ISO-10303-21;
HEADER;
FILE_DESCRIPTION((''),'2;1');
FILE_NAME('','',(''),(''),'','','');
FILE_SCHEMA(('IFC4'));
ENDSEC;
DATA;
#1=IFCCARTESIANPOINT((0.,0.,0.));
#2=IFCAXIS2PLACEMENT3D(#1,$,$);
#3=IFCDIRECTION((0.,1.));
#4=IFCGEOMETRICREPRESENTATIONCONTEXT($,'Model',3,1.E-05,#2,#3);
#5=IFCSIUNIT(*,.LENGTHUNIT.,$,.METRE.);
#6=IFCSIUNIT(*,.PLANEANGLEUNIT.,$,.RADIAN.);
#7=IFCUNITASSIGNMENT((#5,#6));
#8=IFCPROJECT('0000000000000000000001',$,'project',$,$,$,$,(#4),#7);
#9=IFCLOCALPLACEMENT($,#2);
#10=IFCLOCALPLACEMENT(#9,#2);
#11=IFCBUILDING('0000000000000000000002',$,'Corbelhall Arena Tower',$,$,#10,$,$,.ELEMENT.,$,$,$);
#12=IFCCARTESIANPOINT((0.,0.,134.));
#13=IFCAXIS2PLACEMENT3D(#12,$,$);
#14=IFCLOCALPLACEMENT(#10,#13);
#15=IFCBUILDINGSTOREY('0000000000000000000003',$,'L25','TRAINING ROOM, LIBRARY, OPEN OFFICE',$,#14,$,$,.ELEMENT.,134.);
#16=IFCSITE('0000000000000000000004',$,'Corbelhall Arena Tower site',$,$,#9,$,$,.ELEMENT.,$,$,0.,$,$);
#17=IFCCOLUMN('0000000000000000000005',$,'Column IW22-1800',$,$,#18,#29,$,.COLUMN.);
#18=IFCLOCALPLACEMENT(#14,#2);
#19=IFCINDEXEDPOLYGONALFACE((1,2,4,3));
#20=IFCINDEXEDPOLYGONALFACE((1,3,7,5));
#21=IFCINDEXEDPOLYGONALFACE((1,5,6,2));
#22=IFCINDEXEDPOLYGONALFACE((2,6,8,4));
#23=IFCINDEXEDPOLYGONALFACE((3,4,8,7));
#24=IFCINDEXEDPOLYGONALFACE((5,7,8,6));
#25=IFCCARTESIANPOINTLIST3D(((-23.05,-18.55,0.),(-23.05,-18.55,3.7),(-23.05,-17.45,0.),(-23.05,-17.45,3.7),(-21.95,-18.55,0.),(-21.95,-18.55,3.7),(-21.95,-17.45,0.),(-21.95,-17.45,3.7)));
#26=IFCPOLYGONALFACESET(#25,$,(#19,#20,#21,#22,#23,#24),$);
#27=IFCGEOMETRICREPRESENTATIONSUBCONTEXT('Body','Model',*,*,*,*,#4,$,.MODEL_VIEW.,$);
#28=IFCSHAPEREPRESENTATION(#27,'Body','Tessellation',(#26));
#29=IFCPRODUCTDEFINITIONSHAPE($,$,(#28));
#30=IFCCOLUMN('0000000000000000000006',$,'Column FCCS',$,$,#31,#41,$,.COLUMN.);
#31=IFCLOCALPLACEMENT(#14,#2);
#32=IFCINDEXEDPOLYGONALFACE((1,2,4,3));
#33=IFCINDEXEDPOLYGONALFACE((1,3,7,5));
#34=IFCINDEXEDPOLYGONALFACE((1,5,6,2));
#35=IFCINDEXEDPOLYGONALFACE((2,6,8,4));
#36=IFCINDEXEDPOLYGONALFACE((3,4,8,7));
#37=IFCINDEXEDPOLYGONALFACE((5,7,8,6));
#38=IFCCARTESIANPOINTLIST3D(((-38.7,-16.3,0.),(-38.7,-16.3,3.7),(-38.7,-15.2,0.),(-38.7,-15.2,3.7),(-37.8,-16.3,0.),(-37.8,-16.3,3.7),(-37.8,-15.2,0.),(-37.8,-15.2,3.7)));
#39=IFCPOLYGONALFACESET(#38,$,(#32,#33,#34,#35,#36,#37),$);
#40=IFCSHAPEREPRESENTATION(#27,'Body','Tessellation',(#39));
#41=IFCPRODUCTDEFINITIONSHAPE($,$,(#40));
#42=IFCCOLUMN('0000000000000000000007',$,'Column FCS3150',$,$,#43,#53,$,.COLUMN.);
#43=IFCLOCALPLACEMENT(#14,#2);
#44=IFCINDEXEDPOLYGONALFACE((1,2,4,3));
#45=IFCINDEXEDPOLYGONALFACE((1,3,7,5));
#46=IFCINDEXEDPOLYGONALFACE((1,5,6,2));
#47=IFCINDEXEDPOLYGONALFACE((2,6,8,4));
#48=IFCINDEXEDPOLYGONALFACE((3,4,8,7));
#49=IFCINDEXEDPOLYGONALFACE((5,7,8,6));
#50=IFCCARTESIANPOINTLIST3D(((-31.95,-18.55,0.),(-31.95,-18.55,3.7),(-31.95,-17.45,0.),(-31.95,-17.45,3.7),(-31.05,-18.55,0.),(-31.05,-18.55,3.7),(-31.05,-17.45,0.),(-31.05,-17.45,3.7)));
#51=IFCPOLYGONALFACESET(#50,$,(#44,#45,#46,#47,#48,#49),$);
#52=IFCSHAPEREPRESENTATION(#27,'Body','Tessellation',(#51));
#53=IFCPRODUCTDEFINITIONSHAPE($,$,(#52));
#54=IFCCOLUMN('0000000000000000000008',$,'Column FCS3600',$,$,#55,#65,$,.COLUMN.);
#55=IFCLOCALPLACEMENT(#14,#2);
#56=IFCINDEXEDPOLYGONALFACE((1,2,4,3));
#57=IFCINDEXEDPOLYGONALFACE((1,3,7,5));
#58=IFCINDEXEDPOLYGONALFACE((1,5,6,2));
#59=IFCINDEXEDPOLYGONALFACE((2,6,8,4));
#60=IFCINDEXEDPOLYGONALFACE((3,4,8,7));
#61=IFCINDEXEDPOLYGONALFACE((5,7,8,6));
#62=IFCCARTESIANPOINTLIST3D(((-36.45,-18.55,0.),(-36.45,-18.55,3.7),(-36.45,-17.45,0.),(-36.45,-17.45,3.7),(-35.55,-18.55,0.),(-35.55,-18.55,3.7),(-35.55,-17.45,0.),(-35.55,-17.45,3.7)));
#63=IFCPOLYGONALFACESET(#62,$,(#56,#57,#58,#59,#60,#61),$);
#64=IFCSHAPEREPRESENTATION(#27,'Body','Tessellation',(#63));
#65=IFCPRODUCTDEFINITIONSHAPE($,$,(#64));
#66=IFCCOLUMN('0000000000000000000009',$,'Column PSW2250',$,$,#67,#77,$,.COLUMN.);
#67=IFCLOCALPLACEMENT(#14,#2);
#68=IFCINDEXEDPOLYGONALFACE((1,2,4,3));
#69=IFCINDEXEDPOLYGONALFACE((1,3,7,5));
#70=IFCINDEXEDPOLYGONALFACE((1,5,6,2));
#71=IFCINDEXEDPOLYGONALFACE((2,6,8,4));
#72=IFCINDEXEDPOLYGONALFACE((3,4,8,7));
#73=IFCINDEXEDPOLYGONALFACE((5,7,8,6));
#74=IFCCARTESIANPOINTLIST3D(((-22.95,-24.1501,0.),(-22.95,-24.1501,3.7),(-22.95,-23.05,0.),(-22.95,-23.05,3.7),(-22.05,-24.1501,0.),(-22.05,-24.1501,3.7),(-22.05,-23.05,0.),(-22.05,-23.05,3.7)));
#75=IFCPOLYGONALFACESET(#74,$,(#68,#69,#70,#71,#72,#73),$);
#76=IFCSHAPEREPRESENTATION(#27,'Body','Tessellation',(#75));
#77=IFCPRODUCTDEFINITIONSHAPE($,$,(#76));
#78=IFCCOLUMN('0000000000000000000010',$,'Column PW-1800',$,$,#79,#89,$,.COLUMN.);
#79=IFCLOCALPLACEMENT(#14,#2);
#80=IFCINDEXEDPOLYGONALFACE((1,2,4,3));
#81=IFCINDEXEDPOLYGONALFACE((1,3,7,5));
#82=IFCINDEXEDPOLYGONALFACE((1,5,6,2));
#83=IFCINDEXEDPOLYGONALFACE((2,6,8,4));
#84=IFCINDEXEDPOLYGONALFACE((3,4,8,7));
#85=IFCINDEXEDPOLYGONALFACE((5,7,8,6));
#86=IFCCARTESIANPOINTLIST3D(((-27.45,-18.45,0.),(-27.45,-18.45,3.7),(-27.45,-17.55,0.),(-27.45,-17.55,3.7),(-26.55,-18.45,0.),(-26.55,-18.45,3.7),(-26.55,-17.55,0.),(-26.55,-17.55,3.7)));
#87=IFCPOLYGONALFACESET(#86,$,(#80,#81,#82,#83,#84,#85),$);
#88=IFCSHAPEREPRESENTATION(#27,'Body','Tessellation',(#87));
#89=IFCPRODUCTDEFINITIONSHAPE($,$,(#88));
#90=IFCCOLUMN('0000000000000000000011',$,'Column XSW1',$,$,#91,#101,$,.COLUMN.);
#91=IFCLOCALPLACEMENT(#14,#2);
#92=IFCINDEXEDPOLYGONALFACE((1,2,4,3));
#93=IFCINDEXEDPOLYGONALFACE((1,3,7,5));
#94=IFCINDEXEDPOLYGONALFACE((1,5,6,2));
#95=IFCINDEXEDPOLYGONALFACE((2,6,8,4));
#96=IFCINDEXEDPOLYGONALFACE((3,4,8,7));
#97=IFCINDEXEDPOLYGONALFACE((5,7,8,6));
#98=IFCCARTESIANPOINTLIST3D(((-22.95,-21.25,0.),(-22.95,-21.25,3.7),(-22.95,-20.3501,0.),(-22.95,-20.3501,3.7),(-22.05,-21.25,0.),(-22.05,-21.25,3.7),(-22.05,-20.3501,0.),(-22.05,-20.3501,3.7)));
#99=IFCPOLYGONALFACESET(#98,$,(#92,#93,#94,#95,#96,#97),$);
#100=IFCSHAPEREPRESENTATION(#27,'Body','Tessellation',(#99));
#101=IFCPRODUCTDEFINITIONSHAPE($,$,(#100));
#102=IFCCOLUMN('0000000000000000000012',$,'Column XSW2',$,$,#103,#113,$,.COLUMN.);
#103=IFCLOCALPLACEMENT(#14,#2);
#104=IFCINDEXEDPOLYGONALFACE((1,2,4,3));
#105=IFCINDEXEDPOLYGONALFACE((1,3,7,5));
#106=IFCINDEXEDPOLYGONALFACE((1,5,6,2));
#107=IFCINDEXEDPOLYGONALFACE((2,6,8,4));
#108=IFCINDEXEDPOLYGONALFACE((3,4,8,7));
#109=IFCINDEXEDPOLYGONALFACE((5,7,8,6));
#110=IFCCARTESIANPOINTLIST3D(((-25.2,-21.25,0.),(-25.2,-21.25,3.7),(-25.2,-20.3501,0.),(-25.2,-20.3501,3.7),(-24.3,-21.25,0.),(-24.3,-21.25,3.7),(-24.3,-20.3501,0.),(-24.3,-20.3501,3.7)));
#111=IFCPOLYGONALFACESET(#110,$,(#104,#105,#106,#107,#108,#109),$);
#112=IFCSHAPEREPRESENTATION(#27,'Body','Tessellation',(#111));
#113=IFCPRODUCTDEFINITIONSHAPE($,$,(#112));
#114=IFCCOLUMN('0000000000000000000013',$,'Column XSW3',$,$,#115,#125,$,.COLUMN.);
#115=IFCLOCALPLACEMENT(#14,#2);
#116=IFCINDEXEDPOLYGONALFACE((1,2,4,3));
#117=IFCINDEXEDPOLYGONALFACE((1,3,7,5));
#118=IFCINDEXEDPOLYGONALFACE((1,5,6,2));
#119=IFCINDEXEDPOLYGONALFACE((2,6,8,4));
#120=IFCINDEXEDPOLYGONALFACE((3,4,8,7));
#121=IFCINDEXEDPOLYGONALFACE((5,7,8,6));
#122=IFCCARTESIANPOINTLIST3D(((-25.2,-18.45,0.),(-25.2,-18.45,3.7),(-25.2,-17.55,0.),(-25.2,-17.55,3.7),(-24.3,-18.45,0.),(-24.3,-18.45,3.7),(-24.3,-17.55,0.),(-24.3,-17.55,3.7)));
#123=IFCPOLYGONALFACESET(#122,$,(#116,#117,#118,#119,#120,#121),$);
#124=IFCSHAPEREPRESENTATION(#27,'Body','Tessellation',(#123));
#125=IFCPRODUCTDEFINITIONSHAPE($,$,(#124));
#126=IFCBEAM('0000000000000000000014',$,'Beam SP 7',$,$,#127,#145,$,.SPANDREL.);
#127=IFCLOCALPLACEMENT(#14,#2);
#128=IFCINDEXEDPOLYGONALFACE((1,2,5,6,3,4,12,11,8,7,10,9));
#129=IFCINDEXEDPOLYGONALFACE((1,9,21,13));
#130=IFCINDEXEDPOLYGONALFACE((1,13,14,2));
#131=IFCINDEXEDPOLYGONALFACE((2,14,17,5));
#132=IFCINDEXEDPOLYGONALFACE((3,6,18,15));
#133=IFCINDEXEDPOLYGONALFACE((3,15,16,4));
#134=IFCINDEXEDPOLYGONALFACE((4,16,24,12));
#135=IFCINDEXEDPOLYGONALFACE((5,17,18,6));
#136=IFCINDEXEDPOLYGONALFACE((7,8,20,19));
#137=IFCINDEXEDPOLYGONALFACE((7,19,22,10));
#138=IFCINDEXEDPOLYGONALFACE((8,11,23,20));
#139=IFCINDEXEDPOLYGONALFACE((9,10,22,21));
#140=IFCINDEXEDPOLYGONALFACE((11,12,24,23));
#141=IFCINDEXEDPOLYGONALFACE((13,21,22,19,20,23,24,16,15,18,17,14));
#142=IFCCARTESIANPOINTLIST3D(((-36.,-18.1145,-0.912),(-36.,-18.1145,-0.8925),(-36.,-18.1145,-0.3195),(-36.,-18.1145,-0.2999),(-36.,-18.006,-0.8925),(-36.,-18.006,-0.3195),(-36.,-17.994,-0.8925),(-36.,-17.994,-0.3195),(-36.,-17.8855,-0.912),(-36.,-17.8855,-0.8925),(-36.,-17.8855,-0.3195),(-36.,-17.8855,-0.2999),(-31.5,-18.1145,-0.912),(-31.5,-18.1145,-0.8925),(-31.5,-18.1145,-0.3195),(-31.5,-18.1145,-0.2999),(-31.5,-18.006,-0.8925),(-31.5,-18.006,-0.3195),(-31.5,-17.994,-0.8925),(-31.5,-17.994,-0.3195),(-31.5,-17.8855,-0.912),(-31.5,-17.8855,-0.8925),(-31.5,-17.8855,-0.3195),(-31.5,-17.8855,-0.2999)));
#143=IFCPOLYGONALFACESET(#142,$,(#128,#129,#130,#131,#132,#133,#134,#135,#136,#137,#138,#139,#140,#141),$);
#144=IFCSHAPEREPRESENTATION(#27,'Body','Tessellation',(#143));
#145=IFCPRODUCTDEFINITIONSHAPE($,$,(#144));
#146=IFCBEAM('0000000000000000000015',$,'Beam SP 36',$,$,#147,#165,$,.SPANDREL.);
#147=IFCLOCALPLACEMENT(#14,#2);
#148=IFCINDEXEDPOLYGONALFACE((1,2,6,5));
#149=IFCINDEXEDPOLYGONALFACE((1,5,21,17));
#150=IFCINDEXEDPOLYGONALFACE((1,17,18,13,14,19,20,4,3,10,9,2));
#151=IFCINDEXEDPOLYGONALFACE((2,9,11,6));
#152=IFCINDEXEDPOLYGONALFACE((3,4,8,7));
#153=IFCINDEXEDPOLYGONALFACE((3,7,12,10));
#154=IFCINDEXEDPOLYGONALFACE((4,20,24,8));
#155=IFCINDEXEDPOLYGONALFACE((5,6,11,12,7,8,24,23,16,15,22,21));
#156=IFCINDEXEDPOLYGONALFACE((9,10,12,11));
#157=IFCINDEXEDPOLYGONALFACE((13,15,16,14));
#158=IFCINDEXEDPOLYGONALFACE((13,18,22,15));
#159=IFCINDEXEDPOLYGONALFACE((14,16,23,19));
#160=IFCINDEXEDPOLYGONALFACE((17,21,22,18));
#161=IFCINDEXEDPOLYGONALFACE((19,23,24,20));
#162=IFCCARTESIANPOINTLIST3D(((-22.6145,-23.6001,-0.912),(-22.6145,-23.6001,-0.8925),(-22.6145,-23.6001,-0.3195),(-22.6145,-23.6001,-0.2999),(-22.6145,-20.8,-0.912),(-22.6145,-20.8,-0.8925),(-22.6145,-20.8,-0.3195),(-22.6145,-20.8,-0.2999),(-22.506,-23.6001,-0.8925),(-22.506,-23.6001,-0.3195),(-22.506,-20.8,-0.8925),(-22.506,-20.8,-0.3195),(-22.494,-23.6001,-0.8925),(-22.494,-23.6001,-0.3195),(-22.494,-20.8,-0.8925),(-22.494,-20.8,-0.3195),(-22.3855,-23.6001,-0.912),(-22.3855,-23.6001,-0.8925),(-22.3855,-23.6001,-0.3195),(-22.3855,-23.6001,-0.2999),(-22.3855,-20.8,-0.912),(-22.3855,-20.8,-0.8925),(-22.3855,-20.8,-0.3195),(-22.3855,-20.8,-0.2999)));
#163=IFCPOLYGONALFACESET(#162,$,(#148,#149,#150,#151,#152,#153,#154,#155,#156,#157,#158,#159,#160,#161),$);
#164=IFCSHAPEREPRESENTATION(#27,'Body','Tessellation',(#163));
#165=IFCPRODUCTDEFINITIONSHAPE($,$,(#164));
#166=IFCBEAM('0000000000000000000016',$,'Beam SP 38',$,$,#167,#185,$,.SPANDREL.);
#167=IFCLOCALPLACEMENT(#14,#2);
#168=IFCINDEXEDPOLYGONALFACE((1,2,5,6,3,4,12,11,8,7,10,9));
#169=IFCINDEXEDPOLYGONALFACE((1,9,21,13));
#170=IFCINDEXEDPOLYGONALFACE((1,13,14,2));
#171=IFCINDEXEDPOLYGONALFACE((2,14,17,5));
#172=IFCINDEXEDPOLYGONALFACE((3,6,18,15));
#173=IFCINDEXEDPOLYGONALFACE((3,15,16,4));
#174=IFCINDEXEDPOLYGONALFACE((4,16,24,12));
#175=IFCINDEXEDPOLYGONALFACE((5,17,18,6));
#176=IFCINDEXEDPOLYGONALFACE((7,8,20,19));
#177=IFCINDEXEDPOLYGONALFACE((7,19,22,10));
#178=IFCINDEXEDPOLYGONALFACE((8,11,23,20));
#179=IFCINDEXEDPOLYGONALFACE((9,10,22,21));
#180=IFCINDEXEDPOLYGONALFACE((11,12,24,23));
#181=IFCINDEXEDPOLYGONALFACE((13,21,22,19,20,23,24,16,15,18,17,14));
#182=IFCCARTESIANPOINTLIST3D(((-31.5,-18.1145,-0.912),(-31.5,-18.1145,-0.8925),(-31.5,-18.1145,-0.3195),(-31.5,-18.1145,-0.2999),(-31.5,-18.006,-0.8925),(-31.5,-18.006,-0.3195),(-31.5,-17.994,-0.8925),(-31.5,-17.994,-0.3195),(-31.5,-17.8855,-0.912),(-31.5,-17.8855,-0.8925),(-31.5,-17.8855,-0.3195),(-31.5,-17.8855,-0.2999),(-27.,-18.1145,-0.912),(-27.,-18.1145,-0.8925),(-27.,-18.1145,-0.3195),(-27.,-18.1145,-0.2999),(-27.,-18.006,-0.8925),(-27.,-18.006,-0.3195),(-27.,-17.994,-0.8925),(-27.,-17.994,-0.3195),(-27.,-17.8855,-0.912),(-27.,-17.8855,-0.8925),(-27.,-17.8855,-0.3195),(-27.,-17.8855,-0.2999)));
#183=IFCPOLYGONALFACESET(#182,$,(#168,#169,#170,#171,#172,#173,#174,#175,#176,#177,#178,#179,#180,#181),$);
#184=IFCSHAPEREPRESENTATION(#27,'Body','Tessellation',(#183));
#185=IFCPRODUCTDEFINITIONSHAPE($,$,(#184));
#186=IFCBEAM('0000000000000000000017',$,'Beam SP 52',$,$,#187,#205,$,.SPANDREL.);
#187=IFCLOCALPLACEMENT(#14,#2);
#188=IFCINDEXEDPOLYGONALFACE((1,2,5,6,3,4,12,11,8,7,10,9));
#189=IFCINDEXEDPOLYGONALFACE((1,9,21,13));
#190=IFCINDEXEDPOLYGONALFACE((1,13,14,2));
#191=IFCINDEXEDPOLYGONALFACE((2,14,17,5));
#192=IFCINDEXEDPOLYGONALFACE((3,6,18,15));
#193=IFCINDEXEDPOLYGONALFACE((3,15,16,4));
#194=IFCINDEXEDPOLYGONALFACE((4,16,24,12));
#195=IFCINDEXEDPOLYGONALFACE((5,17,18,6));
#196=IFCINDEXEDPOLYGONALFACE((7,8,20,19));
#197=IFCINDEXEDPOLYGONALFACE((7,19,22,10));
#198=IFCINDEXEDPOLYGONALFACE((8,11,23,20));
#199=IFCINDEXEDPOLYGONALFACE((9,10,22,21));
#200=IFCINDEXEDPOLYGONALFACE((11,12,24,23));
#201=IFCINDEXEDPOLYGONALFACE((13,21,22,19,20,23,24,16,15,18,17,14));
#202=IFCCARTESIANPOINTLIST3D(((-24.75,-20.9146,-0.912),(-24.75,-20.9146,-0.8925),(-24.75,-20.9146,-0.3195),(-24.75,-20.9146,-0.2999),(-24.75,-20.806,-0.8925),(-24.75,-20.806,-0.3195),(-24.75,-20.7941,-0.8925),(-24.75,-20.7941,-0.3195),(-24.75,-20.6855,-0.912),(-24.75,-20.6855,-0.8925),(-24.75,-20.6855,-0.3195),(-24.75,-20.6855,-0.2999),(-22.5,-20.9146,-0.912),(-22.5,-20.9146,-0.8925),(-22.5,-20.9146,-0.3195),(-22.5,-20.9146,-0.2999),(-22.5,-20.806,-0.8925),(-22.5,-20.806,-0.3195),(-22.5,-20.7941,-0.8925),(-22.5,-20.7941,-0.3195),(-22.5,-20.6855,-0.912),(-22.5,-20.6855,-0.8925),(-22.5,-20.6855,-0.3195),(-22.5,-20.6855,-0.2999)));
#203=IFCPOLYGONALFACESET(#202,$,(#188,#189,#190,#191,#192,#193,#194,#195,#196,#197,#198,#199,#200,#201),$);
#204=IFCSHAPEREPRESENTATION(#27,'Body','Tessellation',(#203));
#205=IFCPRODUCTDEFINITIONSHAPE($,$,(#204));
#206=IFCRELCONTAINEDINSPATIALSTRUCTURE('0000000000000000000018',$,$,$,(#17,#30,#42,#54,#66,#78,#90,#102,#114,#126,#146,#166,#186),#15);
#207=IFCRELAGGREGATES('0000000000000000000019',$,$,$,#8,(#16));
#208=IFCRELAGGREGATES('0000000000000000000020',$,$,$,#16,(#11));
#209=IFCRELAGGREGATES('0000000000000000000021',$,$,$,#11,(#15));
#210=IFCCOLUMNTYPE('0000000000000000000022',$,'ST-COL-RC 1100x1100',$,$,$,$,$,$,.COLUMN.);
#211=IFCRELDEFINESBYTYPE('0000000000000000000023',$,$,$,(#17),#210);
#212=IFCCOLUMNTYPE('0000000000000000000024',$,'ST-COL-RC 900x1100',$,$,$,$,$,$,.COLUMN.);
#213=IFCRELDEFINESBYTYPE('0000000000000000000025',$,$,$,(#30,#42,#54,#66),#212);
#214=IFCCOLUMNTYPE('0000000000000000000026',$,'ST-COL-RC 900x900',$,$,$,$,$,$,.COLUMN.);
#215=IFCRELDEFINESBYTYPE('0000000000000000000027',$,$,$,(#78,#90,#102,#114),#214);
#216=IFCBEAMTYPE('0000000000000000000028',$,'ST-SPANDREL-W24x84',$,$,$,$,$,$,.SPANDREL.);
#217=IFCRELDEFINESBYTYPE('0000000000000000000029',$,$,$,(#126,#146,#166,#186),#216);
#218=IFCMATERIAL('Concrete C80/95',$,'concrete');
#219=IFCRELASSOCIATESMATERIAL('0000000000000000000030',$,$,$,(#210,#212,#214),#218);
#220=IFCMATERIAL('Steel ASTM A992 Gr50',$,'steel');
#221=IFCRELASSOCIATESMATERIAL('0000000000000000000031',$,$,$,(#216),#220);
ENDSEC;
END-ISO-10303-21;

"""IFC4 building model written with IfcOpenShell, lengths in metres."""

from ifc_helpers import new_model, si_unit, direction, frame, origin, origin_2d, place, context, subcontext, project, spatial, rectangle, i_section, extrude, material, material_profile, profile_set, type_object, element, save


model = new_model("IFC4")

# Units and contexts
model_context = context("Model", 3, precision=1e-05, world=origin(), true_north=direction((0.0, 1.0)))
body_context = subcontext(model_context, "Body", "Model", "MODEL_VIEW")
ifc_project = project(units=[si_unit("LENGTHUNIT", "METRE"), si_unit("PLANEANGLEUNIT", "RADIAN")], contexts=[model_context])

# Site, building, storey
site_placement = place(None, origin())
site = spatial("IfcSite", under=ifc_project, at=site_placement, Name="Corbelhall Arena Tower site", CompositionType="ELEMENT", RefElevation=0.0)
building_placement = place(site_placement, origin())
building = spatial("IfcBuilding", under=site, at=building_placement, Name="Corbelhall Arena Tower", CompositionType="ELEMENT")
storey_placement = place(building_placement, frame((0.0, 0.0, 134.0)))
storey = spatial("IfcBuildingStorey", under=building, at=storey_placement, Name="L25", Description="TRAINING ROOM, LIBRARY, OPEN OFFICE", CompositionType="ELEMENT", Elevation=134.0)

# Columns
ifc_material_1 = material(Name="Concrete C80/95", Category="concrete")
ifc_material_profile_1 = material_profile(ifc_material_1, rectangle(XDim=1.1001, YDim=1.1001, at=origin_2d()))
ifc_profile_set_1 = profile_set([ifc_material_profile_1], Name="Concrete C80/95")
column_type_1 = type_object("IfcColumnType", Name="ST-COL-RC 1100x1100", PredefinedType="COLUMN", material=ifc_profile_set_1)
column_placement = place(storey_placement, frame((-22.5, -18.0, 0.0), z_axis=(0.0, 0.0, 1.0), x_axis=(1.0, 0.0, 0.0)))
element("IfcColumn", 1, at=column_placement, inside=storey, type_object=column_type_1, Name="Column IW22-1800", PredefinedType="COLUMN", context=body_context, shape_type="SweptSolid", body=[
    extrude(rectangle(XDim=1.1001, YDim=1.1001, at=origin_2d()), origin(), (0.0, 0.0, 1.0), 3.7),
])
ifc_material_profile_2 = material_profile(ifc_material_1, rectangle(XDim=0.8999, YDim=1.1001, at=origin_2d()))
ifc_profile_set_2 = profile_set([ifc_material_profile_2], Name="Concrete C80/95")
column_type_2 = type_object("IfcColumnType", Name="ST-COL-RC 900x1100", PredefinedType="COLUMN", material=ifc_profile_set_2)
for number, where, z_axis, x_axis, name in (
    (2, (-38.25, -15.75, 0.0), (0.0, 0.0, 1.0), (1.0, 0.0, 0.0), "Column FCCS"),
    (3, (-31.5, -18.0, 0.0), (0.0, 0.0, 1.0), (1.0, 0.0, 0.0), "Column FCS3150"),
    (4, (-36.0, -18.0, 0.0), (0.0, 0.0, 1.0), (1.0, 0.0, 0.0), "Column FCS3600"),
    (5, (-22.5, -23.6001, 0.0), (0.0, 0.0, 1.0), (1.0, 0.0, 0.0), "Column PSW2250"),
):
    element("IfcColumn", number, at=place(storey_placement, frame(where, z_axis=z_axis, x_axis=x_axis)), inside=storey, type_object=column_type_2, Name=name, PredefinedType="COLUMN", context=body_context, shape_type="SweptSolid", body=[
        extrude(rectangle(XDim=0.8999, YDim=1.1001, at=origin_2d()), origin(), (0.0, 0.0, 1.0), 3.7),
    ])
ifc_material_profile_3 = material_profile(ifc_material_1, rectangle(XDim=0.8999, YDim=0.8999, at=origin_2d()))
ifc_profile_set_3 = profile_set([ifc_material_profile_3], Name="Concrete C80/95")
column_type_3 = type_object("IfcColumnType", Name="ST-COL-RC 900x900", PredefinedType="COLUMN", material=ifc_profile_set_3)
for number, where, z_axis, x_axis, name in (
    (6, (-27.0, -18.0, 0.0), (0.0, 0.0, 1.0), (1.0, 0.0, 0.0), "Column PW-1800"),
    (7, (-22.5, -20.8, 0.0), (0.0, 0.0, 1.0), (1.0, 0.0, 0.0), "Column XSW1"),
    (8, (-24.75, -20.8, 0.0), (0.0, 0.0, 1.0), (1.0, 0.0, 0.0), "Column XSW2"),
    (9, (-24.75, -18.0, 0.0), (0.0, 0.0, 1.0), (1.0, 0.0, 0.0), "Column XSW3"),
):
    element("IfcColumn", number, at=place(storey_placement, frame(where, z_axis=z_axis, x_axis=x_axis)), inside=storey, type_object=column_type_3, Name=name, PredefinedType="COLUMN", context=body_context, shape_type="SweptSolid", body=[
        extrude(rectangle(XDim=0.8999, YDim=0.8999, at=origin_2d()), origin(), (0.0, 0.0, 1.0), 3.7),
    ])

# Beams
ifc_material_2 = material(Name="Steel ASTM A992 Gr50", Category="steel")
ifc_material_profile_4 = material_profile(ifc_material_2, i_section(OverallWidth=0.229, OverallDepth=0.6121, WebThickness=0.012, FlangeThickness=0.0195, at=origin_2d()))
ifc_profile_set_4 = profile_set([ifc_material_profile_4], Name="Steel ASTM A992 Gr50")
beam_type = type_object("IfcBeamType", Name="ST-SPANDREL-W24x84", PredefinedType="SPANDREL", material=ifc_profile_set_4)
beam_1_placement = place(storey_placement, frame((-31.5, -18.0, -0.606), z_axis=(-1.0, 0.0, 0.0), x_axis=(0.0, -1.0, 0.0)))
element("IfcBeam", 10, at=beam_1_placement, inside=storey, type_object=beam_type, Name="Beam SP 7", PredefinedType="SPANDREL", context=body_context, shape_type="SweptSolid", body=[
    extrude(i_section(OverallWidth=0.229, OverallDepth=0.6121, WebThickness=0.012, FlangeThickness=0.0195, at=origin_2d()), origin(), (0.0, 0.0, 1.0), 4.5),
])
beam_2_placement = place(storey_placement, frame((-22.5, -23.6001, -0.606), z_axis=(0.0, 1.0, 0.0), x_axis=(-1.0, 0.0, 0.0)))
element("IfcBeam", 11, at=beam_2_placement, inside=storey, type_object=beam_type, Name="Beam SP 36", PredefinedType="SPANDREL", context=body_context, shape_type="SweptSolid", body=[
    extrude(i_section(OverallWidth=0.229, OverallDepth=0.6121, WebThickness=0.012, FlangeThickness=0.0195, at=origin_2d()), origin(), (0.0, 0.0, 1.0), 2.8),
])
beam_3_placement = place(storey_placement, frame((-27.0, -18.0, -0.606), z_axis=(-1.0, 0.0, 0.0), x_axis=(0.0, -1.0, 0.0)))
element("IfcBeam", 12, at=beam_3_placement, inside=storey, type_object=beam_type, Name="Beam SP 38", PredefinedType="SPANDREL", context=body_context, shape_type="SweptSolid", body=[
    extrude(i_section(OverallWidth=0.229, OverallDepth=0.6121, WebThickness=0.012, FlangeThickness=0.0195, at=origin_2d()), origin(), (0.0, 0.0, 1.0), 4.5),
])
beam_4_placement = place(storey_placement, frame((-22.5, -20.8, -0.606), z_axis=(-1.0, 0.0, 0.0), x_axis=(0.0, -1.0, 0.0)))
element("IfcBeam", 13, at=beam_4_placement, inside=storey, type_object=beam_type, Name="Beam SP 52", PredefinedType="SPANDREL", context=body_context, shape_type="SweptSolid", body=[
    extrude(i_section(OverallWidth=0.229, OverallDepth=0.6121, WebThickness=0.012, FlangeThickness=0.0195, at=origin_2d()), origin(), (0.0, 0.0, 1.0), 2.25),
])

save(model, "model.ifc")
